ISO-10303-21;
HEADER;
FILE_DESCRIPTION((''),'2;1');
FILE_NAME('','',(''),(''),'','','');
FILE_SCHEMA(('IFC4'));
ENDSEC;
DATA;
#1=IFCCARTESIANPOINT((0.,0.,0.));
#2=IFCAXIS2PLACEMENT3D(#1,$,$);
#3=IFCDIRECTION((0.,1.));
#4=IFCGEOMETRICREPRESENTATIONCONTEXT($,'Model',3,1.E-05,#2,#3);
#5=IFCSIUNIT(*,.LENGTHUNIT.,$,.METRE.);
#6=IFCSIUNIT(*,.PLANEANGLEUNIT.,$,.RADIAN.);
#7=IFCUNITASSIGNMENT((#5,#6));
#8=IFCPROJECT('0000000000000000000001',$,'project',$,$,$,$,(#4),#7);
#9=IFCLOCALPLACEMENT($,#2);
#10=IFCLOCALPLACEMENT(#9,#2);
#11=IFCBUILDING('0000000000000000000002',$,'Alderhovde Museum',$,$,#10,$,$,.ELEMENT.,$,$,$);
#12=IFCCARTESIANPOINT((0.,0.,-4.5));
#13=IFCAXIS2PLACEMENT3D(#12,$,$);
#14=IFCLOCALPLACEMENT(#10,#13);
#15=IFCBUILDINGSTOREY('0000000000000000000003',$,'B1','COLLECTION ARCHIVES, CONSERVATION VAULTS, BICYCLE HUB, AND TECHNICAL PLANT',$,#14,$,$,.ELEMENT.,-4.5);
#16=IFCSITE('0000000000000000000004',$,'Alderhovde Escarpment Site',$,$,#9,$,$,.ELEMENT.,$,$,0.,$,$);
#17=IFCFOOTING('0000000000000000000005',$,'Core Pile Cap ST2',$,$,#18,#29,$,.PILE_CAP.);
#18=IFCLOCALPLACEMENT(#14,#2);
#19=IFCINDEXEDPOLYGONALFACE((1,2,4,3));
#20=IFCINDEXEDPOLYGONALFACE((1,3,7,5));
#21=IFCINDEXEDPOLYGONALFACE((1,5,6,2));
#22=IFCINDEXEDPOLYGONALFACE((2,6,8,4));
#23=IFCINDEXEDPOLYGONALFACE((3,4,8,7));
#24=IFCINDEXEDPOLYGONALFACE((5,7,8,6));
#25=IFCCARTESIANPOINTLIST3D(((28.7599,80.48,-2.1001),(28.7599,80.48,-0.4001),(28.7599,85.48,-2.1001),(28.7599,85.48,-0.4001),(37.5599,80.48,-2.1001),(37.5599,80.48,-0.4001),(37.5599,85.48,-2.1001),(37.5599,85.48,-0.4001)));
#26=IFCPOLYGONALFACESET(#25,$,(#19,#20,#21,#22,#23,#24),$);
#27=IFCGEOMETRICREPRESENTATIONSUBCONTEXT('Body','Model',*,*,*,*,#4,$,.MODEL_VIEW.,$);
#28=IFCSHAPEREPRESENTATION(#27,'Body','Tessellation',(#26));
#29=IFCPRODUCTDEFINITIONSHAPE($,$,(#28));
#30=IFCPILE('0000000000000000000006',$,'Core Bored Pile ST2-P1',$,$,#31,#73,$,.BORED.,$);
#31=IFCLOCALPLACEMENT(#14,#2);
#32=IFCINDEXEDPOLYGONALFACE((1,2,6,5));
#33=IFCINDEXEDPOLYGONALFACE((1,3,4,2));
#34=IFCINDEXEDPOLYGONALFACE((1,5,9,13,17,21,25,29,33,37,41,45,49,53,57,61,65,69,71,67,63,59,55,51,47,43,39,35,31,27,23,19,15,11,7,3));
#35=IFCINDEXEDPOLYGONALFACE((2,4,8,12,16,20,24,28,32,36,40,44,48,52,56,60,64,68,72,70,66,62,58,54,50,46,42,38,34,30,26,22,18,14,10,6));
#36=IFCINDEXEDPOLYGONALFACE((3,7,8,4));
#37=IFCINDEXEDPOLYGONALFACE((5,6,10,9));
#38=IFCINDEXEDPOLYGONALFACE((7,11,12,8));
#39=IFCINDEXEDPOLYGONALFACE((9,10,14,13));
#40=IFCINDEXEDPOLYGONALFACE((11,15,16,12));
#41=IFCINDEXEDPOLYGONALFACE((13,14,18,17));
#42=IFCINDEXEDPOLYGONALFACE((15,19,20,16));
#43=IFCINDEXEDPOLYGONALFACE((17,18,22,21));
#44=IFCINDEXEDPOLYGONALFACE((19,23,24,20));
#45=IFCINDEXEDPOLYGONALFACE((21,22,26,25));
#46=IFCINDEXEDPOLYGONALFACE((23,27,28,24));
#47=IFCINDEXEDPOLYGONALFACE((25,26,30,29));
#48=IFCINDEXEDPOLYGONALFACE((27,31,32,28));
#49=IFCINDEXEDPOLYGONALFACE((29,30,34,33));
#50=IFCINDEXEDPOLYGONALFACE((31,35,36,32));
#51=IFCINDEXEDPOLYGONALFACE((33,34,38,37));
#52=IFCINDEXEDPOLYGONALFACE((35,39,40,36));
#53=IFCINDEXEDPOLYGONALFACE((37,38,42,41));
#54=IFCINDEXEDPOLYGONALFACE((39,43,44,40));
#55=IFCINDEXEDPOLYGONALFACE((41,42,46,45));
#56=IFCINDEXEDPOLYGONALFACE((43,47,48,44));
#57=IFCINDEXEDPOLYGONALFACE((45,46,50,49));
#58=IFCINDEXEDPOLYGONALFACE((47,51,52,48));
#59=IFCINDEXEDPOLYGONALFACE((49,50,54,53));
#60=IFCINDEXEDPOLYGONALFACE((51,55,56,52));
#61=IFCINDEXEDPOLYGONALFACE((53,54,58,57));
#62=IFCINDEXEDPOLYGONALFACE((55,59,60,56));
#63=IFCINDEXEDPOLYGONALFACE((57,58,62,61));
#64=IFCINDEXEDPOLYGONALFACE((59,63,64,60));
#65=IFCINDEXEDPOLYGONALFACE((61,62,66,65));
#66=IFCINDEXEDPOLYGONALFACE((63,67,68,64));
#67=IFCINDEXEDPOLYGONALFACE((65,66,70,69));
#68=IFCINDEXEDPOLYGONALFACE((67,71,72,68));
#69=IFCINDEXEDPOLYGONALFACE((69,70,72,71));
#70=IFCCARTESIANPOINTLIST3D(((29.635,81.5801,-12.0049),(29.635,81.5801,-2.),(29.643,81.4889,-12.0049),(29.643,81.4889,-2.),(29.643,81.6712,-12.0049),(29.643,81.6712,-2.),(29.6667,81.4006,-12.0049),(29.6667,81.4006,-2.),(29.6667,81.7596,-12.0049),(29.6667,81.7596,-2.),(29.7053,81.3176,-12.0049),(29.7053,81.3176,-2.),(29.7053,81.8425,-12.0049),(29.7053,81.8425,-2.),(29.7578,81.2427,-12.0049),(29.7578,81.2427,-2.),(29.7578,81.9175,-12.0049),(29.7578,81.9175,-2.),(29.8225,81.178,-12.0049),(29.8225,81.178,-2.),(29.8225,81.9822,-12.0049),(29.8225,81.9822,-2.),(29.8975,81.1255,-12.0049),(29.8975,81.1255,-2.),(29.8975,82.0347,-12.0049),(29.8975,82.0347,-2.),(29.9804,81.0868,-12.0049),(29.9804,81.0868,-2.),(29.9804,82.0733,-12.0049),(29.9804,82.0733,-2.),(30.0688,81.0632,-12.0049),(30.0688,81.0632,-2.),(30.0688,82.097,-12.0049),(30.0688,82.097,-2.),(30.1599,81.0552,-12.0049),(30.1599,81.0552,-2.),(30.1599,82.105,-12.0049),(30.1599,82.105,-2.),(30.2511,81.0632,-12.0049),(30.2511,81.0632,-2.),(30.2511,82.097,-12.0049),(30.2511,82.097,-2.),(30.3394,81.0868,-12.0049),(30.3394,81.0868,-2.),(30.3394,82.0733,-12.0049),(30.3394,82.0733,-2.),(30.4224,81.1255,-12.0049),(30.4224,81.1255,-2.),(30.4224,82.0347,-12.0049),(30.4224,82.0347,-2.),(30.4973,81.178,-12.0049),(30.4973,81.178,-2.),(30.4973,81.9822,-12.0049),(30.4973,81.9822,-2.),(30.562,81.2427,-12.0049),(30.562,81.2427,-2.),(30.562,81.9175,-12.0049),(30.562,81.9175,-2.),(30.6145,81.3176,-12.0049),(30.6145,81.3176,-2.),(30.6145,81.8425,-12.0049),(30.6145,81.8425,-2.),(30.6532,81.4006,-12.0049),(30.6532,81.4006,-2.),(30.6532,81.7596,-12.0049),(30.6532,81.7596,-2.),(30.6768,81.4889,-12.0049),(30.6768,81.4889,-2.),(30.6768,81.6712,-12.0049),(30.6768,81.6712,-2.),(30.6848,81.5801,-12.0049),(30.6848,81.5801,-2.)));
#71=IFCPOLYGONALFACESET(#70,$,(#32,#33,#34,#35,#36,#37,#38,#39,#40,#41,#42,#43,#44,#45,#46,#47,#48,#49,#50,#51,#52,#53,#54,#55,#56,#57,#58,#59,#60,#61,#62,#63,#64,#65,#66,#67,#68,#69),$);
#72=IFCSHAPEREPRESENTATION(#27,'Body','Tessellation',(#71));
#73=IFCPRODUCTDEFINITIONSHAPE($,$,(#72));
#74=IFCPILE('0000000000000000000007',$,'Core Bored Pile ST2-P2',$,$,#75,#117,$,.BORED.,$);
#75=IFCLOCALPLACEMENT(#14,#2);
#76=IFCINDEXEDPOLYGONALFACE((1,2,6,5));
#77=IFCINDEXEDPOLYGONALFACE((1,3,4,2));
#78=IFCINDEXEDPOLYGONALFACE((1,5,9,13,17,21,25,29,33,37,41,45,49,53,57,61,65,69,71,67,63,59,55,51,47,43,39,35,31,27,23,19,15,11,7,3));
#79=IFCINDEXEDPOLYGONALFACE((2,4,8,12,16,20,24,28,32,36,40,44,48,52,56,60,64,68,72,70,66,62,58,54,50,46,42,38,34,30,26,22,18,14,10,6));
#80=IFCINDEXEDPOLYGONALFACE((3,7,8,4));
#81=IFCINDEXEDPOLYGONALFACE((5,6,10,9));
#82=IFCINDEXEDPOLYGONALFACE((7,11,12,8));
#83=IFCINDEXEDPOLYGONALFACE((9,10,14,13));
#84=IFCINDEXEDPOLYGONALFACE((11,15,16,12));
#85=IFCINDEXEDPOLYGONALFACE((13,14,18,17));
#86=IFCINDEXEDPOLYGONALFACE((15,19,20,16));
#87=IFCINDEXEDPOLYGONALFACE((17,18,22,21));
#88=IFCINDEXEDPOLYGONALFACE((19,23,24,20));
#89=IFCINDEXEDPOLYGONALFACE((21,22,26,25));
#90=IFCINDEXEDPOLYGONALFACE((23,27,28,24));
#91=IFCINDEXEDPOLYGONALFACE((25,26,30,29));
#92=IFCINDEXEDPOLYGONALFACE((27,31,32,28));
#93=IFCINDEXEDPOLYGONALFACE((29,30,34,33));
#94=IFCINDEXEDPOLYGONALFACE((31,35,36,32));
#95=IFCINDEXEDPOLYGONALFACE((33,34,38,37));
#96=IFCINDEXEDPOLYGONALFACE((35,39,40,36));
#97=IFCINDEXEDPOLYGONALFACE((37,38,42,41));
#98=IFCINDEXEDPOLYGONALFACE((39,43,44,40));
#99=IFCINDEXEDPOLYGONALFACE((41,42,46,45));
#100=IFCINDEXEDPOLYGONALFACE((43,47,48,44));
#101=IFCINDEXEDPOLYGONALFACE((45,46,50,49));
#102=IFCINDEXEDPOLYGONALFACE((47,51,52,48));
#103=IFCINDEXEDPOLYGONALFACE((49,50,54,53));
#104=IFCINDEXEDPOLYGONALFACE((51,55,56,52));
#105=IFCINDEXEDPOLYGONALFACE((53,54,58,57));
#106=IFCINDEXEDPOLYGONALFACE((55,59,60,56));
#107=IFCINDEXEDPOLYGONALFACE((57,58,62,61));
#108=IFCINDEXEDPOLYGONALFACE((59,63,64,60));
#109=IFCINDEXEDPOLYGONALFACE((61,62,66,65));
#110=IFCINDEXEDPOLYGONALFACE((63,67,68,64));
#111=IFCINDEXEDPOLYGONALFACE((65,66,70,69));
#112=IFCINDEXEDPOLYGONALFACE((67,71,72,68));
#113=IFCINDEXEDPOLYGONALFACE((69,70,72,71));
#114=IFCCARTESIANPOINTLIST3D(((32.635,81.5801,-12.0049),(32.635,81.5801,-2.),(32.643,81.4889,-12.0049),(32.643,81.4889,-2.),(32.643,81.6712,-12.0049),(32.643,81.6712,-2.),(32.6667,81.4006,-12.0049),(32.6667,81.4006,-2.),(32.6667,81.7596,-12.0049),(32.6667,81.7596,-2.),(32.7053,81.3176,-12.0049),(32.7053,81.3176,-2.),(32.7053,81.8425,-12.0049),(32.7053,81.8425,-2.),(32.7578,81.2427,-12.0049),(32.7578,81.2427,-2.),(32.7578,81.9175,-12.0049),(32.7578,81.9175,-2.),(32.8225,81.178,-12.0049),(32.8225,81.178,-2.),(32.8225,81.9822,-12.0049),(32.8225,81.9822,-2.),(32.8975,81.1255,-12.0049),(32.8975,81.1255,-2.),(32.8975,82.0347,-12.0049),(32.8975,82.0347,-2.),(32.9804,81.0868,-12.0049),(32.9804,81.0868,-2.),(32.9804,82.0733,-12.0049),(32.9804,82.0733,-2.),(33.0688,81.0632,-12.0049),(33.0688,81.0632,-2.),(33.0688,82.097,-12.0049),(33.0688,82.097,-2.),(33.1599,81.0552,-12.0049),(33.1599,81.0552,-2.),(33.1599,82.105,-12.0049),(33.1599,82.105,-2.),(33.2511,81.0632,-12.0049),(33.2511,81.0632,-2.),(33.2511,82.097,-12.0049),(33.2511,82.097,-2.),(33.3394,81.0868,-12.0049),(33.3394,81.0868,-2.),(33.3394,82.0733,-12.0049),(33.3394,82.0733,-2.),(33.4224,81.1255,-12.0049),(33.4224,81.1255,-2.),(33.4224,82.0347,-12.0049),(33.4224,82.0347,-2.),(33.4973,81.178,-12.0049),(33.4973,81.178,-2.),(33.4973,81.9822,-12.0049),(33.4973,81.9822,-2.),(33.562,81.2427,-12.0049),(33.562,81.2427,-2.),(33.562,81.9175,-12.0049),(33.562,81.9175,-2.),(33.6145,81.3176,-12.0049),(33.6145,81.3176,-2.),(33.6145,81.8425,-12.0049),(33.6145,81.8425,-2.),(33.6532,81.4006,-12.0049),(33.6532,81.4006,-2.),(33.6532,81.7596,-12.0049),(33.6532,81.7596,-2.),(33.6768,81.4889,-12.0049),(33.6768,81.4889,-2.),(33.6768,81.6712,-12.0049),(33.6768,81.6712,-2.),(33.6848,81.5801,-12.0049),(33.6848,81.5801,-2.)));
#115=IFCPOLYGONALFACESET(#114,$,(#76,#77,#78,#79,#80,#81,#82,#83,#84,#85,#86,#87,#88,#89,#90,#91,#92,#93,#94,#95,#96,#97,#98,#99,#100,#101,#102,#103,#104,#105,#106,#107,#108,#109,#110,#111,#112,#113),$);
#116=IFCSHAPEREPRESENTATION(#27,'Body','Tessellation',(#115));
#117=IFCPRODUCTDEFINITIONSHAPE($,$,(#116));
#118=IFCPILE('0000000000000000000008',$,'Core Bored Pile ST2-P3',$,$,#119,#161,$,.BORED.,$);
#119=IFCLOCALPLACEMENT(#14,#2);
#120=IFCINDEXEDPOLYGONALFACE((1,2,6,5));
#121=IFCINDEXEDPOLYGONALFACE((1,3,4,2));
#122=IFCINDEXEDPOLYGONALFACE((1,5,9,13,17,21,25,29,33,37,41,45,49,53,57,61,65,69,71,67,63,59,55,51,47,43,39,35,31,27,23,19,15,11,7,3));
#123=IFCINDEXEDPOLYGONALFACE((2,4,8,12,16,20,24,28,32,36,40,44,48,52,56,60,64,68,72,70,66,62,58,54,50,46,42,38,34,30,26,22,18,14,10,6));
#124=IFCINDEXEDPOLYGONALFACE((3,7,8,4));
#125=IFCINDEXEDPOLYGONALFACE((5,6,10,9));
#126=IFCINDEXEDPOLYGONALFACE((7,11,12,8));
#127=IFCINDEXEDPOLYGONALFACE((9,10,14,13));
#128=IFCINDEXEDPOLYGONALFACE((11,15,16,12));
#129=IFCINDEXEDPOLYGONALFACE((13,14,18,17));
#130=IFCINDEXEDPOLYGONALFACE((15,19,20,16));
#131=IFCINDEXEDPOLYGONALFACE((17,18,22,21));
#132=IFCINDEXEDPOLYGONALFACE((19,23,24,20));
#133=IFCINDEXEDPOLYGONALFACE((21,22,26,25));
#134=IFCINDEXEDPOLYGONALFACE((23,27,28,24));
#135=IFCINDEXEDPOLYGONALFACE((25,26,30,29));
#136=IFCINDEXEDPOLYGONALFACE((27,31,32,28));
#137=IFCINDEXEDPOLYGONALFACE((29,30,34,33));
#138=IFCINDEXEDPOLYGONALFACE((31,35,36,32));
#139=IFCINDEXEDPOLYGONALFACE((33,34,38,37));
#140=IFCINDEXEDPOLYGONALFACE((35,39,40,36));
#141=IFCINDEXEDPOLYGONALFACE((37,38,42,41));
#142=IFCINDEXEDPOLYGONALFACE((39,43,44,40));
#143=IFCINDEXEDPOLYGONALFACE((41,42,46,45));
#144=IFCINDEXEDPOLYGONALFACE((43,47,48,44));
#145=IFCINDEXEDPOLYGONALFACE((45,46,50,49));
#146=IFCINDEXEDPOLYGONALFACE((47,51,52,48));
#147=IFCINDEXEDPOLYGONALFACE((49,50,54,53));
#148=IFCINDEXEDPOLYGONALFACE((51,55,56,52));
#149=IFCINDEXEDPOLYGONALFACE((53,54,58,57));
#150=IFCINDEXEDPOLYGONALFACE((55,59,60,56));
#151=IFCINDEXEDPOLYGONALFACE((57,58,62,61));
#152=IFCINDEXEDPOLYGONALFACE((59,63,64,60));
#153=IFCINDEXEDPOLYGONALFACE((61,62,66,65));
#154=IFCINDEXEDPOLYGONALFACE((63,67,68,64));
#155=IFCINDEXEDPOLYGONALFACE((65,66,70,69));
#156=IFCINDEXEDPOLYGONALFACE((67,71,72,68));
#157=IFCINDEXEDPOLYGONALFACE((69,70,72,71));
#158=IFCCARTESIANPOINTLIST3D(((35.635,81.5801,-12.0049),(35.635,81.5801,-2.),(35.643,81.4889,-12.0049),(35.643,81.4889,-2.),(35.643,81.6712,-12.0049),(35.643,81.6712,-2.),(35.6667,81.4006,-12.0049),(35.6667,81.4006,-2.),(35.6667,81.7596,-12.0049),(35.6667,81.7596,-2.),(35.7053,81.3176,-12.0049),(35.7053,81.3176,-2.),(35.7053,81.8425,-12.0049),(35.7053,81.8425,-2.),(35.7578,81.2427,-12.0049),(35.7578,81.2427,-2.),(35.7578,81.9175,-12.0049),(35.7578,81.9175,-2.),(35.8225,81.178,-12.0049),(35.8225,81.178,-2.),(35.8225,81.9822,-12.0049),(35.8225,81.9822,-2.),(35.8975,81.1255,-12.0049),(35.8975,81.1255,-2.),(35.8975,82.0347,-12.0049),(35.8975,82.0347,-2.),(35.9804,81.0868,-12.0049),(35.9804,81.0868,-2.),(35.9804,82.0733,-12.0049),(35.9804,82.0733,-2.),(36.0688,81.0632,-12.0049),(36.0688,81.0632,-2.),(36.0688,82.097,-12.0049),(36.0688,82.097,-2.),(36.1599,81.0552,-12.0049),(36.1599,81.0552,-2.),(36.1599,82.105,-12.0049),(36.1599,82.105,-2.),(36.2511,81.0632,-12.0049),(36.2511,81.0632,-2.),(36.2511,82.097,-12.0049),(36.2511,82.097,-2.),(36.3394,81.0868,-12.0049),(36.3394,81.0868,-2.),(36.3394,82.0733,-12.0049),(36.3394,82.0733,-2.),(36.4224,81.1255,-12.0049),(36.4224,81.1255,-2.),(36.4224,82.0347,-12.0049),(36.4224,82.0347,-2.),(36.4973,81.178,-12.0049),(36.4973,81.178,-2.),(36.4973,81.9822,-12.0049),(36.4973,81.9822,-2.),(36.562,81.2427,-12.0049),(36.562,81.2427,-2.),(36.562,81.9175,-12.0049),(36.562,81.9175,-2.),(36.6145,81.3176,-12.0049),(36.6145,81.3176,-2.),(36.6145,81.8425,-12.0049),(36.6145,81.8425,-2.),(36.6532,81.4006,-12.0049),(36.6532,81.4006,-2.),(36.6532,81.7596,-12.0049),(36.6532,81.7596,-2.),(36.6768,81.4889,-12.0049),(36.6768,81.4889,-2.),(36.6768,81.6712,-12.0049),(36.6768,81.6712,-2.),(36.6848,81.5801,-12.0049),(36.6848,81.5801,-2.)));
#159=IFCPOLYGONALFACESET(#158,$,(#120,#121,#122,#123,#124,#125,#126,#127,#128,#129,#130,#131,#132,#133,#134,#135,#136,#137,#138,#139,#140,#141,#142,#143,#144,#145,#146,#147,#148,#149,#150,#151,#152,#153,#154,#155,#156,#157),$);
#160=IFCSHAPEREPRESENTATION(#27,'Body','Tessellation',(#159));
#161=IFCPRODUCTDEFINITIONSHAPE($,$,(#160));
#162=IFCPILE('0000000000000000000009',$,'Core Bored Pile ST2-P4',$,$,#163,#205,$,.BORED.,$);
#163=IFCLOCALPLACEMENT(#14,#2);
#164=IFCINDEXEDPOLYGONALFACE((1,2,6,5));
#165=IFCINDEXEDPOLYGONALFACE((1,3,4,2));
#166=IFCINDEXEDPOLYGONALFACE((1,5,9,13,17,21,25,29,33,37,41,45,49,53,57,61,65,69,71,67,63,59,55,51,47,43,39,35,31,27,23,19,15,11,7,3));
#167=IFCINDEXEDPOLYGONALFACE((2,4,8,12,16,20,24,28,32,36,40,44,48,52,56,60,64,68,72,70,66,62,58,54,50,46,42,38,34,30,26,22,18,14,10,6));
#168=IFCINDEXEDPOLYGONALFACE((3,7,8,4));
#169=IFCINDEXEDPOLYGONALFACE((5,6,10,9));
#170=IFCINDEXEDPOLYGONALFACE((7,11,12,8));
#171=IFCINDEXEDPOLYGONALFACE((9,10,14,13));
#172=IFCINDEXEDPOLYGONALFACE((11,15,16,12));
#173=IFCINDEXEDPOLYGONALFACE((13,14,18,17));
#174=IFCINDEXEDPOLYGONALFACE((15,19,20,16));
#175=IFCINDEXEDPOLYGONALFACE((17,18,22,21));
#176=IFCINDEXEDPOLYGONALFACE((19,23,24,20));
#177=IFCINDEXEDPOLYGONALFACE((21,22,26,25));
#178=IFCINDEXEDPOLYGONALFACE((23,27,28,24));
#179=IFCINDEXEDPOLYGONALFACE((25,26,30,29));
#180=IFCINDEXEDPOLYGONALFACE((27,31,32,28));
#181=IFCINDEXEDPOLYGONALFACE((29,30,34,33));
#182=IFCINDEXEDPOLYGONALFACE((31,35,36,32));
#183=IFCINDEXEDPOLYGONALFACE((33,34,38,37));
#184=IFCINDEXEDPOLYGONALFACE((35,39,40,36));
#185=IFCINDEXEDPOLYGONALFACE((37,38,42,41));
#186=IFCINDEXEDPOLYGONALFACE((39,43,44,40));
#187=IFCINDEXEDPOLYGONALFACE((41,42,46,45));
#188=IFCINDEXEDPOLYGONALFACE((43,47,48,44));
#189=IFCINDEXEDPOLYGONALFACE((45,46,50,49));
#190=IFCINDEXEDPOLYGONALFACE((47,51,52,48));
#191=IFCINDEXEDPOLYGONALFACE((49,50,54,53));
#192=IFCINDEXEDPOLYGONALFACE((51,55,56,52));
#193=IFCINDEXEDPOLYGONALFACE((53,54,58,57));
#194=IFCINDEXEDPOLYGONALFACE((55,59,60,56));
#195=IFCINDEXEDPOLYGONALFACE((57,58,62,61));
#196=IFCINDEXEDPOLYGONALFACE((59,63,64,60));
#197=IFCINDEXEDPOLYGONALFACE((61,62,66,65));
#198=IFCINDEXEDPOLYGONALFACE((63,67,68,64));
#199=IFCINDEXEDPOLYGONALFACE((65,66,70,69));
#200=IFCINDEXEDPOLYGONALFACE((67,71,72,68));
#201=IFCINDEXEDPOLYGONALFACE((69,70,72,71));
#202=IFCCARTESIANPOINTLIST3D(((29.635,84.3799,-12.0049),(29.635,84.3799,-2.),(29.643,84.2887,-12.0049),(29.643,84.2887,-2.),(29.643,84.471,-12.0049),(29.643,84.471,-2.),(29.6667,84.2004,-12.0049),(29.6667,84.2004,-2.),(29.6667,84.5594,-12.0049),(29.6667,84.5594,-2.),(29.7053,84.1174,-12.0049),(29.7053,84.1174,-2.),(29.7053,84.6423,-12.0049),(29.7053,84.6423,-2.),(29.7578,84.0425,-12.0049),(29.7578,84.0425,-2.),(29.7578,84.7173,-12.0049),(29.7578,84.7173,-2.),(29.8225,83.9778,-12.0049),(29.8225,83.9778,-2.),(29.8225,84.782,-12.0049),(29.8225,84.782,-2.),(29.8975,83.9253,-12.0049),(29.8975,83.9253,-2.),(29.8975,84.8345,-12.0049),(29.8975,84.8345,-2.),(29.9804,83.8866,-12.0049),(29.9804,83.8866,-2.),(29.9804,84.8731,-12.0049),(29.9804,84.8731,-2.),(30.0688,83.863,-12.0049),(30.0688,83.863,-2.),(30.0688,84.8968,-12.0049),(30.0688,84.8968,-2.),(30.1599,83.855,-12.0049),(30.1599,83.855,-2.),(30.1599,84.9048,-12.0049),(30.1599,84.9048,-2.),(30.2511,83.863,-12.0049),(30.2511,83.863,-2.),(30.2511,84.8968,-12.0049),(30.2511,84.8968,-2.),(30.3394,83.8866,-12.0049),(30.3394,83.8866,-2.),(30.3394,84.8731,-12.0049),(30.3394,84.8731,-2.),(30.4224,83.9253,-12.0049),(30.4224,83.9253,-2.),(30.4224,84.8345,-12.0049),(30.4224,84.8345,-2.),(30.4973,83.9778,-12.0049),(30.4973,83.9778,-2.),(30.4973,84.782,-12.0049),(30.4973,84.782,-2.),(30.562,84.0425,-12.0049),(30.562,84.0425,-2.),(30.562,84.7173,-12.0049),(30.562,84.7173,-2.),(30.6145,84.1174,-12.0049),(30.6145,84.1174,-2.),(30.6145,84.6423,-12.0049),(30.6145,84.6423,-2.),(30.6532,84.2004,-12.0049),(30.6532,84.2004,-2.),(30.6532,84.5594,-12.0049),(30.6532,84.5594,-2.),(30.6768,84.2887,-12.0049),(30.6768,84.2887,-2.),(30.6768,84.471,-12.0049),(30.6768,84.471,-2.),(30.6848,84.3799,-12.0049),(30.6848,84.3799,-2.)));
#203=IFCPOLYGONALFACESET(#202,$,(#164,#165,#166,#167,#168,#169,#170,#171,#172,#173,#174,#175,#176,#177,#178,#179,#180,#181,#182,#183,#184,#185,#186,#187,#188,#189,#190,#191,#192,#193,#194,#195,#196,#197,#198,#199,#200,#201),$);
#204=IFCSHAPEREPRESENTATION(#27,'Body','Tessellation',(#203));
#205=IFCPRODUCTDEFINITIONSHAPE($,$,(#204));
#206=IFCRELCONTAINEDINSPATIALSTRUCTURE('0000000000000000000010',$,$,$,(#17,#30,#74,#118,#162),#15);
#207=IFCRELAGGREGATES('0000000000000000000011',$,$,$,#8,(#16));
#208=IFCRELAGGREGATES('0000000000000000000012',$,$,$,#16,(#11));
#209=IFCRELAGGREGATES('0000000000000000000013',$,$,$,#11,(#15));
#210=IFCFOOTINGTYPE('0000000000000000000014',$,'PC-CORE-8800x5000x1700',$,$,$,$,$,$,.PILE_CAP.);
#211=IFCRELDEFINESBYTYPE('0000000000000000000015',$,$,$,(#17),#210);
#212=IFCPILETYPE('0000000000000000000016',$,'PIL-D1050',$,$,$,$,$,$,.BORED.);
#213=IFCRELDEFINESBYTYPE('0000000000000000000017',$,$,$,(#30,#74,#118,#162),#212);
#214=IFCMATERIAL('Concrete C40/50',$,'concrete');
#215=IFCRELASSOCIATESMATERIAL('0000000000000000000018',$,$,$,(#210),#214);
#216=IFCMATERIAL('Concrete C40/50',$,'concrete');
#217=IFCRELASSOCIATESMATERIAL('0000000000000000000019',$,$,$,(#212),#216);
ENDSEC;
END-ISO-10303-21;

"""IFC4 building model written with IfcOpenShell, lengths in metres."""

from ifc_helpers import new_model, si_unit, direction, frame, origin, origin_2d, place, context, subcontext, project, spatial, rectangle, circle, extrude, material, material_profile, profile_set, type_object, element, save


model = new_model("IFC4")

# Units and contexts
model_context = context("Model", 3, precision=1e-05, world=origin(), true_north=direction((0.0, 1.0)))
body_context = subcontext(model_context, "Body", "Model", "MODEL_VIEW")
ifc_project = project(units=[si_unit("LENGTHUNIT", "METRE"), si_unit("PLANEANGLEUNIT", "RADIAN")], contexts=[model_context])

# Site, building, storey
site_placement = place(None, origin())
site = spatial("IfcSite", under=ifc_project, at=site_placement, Name="Alderhovde Escarpment Site", CompositionType="ELEMENT", RefElevation=0.0)
building_placement = place(site_placement, origin())
building = spatial("IfcBuilding", under=site, at=building_placement, Name="Alderhovde Museum", CompositionType="ELEMENT")
storey_placement = place(building_placement, frame((0.0, 0.0, -4.5)))
storey = spatial("IfcBuildingStorey", under=building, at=storey_placement, Name="B1", Description="COLLECTION ARCHIVES, CONSERVATION VAULTS, BICYCLE HUB, AND TECHNICAL PLANT", CompositionType="ELEMENT", Elevation=-4.5)

# Footing
ifc_material_1 = material(Name="Concrete C40/50", Category="concrete")
footing_type = type_object("IfcFootingType", Name="PC-CORE-8800x5000x1700", PredefinedType="PILE_CAP", material=ifc_material_1)
footing_placement = place(storey_placement, frame((33.1599, 82.98, -2.1001), z_axis=(0.0, 0.0, 1.0), x_axis=(1.0, 0.0, 0.0)))
element("IfcFooting", 1, at=footing_placement, inside=storey, type_object=footing_type, Name="Core Pile Cap ST2", PredefinedType="PILE_CAP", context=body_context, shape_type="SweptSolid", body=[
    extrude(rectangle(XDim=8.8, YDim=5.0, at=origin_2d()), origin(), (0.0, 0.0, 1.0), 1.7),
])

# Piles
ifc_material_2 = material(Name="Concrete C40/50", Category="concrete")
ifc_material_profile_1 = material_profile(ifc_material_2, circle(Radius=0.5249, at=origin_2d()), Name="PILE-D1050")
ifc_profile_set_1 = profile_set([ifc_material_profile_1], Name="Concrete C40/50")
pile_type_1 = type_object("IfcPileType", Name="PIL-D1050", PredefinedType="BORED", material=ifc_profile_set_1)
for number, where, z_axis, x_axis, name in (
    (2, (30.1599, 81.5801, -2.0), (0.0, 0.0, -1.0), (1.0, 0.0, 0.0), "Core Bored Pile ST2-P1"),
    (3, (33.1599, 81.5801, -2.0), (0.0, 0.0, -1.0), (1.0, 0.0, 0.0), "Core Bored Pile ST2-P2"),
    (4, (36.1599, 81.5801, -2.0), (0.0, 0.0, -1.0), (1.0, 0.0, 0.0), "Core Bored Pile ST2-P3"),
    (5, (30.1599, 84.3799, -2.0), (0.0, 0.0, -1.0), (1.0, 0.0, 0.0), "Core Bored Pile ST2-P4"),
):
    element("IfcPile", number, at=place(storey_placement, frame(where, z_axis=z_axis, x_axis=x_axis)), inside=storey, type_object=pile_type_1, Name=name, PredefinedType="BORED", context=body_context, shape_type="SweptSolid", body=[
        extrude(circle(Radius=0.5249, at=origin_2d()), origin(), (0.0, 0.0, 1.0), 10.0049),
    ])

save(model, "model.ifc")
